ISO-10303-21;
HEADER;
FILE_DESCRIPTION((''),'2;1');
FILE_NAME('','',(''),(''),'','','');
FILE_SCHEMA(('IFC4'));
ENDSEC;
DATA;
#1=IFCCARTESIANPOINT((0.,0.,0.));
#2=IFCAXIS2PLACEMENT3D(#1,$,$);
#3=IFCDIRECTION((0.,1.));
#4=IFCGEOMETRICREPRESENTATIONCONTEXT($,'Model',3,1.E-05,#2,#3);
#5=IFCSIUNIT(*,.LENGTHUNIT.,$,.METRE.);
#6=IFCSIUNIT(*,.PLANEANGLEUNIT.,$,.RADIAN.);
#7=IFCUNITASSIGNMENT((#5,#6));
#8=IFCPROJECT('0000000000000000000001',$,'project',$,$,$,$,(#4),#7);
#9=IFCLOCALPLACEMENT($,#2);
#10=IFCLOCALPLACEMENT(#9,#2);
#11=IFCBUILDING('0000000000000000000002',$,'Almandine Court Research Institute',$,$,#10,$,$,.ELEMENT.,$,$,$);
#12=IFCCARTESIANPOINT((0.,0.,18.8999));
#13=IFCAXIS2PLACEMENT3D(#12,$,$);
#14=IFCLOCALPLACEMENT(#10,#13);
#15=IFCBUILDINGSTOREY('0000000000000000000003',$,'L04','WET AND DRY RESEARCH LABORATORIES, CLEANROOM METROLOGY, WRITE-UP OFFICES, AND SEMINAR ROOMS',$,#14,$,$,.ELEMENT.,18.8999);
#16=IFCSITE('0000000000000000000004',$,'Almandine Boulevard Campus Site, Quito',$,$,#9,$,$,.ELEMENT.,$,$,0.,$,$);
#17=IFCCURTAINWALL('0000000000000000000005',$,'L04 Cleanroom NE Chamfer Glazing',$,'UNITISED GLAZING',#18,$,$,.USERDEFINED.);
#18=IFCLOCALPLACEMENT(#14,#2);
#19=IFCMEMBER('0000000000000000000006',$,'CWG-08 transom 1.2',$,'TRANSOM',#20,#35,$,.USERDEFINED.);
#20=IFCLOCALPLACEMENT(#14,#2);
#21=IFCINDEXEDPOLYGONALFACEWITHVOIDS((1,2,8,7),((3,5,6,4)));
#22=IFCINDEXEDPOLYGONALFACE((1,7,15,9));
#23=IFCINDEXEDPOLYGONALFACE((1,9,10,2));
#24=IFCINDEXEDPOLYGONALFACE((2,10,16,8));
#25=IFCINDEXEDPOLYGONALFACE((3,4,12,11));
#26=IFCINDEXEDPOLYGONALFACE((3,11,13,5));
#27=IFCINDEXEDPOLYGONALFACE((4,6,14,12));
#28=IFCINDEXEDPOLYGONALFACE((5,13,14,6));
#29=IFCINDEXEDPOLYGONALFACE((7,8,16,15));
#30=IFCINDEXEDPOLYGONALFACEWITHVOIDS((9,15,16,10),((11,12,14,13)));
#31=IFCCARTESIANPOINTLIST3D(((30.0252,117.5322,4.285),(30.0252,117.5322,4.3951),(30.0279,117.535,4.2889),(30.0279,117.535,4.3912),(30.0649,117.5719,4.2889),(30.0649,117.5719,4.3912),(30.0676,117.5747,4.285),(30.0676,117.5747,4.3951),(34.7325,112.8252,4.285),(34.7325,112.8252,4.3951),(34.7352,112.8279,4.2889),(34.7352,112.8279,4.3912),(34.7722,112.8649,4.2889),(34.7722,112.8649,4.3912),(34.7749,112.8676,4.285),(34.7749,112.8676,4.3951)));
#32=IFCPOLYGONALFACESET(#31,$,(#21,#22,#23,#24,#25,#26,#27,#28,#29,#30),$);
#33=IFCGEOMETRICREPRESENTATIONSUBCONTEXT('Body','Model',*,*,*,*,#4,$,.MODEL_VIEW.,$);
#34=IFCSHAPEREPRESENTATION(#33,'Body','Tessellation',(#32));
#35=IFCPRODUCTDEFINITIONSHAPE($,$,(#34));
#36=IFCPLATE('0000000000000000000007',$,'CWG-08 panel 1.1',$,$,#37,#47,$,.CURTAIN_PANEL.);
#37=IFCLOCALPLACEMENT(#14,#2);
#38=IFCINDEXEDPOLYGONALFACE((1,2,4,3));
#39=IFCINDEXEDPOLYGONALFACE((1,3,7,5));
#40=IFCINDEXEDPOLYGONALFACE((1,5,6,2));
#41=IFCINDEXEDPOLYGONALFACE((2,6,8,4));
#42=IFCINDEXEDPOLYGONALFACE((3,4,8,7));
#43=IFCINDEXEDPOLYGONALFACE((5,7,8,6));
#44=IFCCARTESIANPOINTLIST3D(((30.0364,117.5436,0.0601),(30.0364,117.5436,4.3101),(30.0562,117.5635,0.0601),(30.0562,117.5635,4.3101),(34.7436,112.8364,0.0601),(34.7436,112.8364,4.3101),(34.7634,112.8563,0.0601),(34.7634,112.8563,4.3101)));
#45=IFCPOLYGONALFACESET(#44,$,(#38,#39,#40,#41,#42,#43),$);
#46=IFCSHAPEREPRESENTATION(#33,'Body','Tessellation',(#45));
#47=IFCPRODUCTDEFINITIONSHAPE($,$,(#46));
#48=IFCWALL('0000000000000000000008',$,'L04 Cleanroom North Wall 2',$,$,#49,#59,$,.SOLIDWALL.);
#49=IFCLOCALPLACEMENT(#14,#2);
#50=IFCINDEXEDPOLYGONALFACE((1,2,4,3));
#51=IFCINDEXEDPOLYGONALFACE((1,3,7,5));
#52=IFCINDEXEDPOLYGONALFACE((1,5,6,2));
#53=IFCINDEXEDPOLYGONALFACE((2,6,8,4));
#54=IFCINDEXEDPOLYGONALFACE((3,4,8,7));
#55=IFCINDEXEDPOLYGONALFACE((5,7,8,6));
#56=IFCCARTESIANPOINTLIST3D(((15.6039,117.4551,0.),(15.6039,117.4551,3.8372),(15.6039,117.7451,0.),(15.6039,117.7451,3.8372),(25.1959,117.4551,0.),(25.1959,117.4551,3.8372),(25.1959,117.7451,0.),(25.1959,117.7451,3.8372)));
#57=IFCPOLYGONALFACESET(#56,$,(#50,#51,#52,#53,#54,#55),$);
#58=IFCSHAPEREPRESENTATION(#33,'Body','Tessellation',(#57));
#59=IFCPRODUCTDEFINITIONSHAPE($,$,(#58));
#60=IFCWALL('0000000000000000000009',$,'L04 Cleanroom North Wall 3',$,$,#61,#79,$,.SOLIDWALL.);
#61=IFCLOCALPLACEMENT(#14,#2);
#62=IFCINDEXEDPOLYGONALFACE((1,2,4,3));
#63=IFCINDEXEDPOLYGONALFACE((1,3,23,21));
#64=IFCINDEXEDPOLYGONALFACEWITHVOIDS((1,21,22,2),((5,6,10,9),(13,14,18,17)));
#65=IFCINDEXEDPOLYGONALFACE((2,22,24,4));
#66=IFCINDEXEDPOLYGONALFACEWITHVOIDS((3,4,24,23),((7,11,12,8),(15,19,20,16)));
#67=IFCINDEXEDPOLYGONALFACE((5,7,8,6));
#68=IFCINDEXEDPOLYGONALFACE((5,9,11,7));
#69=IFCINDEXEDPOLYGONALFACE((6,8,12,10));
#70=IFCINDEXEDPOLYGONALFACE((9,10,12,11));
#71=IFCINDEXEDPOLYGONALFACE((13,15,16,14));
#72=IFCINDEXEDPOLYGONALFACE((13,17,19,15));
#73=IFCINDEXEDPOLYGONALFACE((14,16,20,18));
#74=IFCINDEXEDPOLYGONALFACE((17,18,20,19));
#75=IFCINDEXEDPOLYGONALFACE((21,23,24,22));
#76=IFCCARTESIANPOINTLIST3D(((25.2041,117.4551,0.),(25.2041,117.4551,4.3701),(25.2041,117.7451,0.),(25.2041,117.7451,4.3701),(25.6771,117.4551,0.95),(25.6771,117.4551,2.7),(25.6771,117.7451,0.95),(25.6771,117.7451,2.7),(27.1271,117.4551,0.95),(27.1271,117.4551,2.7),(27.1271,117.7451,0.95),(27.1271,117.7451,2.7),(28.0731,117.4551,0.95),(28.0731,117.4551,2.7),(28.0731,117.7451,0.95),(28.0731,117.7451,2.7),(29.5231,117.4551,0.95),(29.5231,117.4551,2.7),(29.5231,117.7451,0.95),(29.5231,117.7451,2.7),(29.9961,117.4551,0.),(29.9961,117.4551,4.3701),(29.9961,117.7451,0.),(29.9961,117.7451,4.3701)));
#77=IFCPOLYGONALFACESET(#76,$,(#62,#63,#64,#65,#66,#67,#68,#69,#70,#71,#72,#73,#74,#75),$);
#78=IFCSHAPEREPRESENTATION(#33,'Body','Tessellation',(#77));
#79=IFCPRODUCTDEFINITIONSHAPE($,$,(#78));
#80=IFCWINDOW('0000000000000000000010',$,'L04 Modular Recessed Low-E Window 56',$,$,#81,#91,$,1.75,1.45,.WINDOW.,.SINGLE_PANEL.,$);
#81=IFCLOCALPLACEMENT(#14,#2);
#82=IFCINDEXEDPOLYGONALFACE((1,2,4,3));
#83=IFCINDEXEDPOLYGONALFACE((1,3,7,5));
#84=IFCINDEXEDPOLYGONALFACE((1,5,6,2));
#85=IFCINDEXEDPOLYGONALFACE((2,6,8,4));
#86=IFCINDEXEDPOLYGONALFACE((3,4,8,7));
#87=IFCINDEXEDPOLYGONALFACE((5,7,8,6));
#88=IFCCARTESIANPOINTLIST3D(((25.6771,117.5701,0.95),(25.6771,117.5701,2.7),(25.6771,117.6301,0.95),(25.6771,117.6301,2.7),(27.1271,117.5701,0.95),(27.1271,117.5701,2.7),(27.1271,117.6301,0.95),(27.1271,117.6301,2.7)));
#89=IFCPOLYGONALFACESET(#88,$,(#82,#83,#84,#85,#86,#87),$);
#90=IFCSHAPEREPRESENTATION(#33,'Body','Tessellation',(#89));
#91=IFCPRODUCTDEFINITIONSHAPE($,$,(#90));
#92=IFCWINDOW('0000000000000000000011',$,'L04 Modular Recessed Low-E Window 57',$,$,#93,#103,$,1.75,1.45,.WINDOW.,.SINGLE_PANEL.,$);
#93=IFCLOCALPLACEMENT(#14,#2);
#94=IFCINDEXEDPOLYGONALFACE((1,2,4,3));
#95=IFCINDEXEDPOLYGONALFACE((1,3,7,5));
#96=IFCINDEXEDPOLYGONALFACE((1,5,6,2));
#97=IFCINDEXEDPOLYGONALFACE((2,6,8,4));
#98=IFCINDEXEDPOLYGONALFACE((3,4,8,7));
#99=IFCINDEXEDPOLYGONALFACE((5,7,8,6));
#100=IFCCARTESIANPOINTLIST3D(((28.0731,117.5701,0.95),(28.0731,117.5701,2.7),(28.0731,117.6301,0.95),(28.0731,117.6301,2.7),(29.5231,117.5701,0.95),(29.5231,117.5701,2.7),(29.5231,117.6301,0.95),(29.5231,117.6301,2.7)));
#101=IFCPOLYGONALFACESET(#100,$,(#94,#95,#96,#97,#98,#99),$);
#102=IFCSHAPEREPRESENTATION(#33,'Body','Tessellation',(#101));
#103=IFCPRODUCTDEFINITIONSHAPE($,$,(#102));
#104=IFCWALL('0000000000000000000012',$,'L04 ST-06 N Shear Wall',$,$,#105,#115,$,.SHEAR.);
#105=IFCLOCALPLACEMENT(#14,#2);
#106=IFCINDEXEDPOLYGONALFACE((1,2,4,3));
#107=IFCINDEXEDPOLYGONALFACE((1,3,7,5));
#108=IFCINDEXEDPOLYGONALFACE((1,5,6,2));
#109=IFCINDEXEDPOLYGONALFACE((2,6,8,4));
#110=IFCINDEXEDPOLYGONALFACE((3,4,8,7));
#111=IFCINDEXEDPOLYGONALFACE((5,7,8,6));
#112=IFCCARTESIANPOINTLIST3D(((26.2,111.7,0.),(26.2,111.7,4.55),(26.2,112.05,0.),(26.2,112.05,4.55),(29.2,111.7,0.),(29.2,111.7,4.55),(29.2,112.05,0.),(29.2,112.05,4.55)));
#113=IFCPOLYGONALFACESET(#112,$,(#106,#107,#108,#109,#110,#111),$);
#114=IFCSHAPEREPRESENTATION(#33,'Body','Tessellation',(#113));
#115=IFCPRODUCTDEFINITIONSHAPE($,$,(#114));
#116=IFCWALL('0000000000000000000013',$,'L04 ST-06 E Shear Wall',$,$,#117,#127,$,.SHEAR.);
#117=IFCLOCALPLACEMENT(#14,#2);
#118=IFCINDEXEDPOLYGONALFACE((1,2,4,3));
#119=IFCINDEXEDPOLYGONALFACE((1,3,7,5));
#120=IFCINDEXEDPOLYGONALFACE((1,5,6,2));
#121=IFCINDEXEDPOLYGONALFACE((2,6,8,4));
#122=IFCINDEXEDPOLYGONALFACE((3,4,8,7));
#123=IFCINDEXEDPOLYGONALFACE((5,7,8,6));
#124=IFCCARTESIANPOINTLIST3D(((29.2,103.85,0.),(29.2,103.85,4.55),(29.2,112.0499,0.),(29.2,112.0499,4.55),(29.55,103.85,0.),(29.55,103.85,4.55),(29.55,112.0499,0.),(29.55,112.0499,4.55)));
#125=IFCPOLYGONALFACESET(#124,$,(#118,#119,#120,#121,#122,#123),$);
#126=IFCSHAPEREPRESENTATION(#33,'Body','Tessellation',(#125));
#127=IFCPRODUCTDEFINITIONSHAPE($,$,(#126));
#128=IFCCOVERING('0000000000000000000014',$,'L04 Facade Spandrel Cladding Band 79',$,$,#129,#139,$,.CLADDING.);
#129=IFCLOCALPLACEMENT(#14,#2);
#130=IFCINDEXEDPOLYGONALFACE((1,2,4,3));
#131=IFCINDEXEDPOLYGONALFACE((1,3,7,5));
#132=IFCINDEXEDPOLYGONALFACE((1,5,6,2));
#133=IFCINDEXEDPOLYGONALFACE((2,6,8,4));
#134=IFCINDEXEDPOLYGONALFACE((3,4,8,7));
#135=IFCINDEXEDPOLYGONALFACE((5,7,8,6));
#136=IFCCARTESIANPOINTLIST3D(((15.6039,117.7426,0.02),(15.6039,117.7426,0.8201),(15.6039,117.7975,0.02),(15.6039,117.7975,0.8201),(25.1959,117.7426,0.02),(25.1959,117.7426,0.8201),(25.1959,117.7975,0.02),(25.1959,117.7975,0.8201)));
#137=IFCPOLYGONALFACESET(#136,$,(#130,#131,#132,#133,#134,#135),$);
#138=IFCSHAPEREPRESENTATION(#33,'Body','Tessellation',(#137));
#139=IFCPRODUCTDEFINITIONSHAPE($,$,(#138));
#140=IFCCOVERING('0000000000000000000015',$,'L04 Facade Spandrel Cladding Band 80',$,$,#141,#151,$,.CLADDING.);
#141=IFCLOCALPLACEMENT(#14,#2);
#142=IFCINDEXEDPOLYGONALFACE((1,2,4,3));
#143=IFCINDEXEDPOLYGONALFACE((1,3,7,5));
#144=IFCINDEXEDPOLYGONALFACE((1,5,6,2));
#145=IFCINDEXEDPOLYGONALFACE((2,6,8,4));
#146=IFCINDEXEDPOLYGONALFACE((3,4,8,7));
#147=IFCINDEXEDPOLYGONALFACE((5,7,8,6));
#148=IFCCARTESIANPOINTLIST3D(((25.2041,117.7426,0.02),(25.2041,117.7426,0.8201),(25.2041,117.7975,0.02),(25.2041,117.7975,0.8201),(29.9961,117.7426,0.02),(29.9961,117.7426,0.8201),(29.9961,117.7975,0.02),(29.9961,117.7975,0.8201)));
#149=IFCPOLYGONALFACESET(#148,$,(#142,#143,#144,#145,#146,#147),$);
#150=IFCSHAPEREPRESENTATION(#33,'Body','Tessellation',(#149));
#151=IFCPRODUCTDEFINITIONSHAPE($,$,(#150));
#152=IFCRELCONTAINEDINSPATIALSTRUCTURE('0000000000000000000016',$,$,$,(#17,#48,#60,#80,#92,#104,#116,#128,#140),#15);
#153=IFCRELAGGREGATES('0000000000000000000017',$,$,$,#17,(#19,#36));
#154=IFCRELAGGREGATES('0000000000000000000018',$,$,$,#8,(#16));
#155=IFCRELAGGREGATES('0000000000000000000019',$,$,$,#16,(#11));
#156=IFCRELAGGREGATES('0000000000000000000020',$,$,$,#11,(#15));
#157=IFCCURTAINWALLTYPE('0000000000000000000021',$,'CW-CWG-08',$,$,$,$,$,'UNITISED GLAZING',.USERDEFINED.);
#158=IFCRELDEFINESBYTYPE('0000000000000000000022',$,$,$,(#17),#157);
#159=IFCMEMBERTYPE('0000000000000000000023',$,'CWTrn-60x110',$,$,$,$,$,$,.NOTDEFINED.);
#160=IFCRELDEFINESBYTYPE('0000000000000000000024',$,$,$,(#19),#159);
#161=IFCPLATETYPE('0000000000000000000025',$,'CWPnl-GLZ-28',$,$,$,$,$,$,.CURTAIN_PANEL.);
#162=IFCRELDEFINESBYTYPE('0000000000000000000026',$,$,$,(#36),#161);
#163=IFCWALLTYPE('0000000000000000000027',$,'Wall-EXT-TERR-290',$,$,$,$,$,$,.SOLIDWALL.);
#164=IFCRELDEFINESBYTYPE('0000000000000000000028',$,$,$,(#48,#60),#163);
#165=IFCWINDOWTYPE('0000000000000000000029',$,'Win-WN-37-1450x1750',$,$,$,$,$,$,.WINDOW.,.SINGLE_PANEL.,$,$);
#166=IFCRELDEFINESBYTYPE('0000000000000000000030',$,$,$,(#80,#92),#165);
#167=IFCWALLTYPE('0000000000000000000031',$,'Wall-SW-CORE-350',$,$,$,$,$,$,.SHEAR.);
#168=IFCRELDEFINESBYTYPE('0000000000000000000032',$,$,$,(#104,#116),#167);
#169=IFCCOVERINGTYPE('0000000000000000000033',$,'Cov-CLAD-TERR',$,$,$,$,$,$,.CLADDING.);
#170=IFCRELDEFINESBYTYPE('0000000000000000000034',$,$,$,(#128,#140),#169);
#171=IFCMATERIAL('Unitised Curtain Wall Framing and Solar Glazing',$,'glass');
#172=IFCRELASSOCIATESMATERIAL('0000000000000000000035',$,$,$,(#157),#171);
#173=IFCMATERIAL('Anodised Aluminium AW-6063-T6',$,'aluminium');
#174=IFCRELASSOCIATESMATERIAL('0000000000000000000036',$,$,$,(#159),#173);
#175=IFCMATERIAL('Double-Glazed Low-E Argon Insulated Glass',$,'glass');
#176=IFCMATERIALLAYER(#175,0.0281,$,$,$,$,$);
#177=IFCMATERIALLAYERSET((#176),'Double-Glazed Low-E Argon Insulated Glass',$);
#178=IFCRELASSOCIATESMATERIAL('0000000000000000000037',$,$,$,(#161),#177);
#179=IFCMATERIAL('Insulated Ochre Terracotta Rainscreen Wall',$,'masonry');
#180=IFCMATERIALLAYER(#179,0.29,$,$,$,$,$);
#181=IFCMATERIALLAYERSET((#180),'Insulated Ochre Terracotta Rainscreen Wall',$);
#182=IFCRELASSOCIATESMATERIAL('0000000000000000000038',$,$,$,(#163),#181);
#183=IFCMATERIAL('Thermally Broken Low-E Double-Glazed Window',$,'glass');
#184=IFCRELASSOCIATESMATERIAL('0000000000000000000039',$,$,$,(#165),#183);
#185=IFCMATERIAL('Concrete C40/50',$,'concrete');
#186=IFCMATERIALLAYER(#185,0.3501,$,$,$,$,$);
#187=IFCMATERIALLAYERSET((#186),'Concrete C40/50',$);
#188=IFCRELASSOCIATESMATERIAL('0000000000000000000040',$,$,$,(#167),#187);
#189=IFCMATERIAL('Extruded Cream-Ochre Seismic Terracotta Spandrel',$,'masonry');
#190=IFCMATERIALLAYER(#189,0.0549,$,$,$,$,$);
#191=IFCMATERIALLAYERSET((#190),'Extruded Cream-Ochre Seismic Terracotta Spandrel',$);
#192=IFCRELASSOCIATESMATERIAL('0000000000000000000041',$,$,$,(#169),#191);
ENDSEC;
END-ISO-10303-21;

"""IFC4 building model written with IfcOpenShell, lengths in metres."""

from ifc_helpers import new_model, si_unit, direction, frame, frame_2d, origin, origin_2d, place, context, subcontext, project, spatial, rectangle, hollow_rectangle, extrude, material, layer, layer_set, material_profile, profile_set, type_object, element, fill, aggregate, save


model = new_model("IFC4")

# Units and contexts
model_context = context("Model", 3, precision=1e-05, world=origin(), true_north=direction((0.0, 1.0)))
body_context = subcontext(model_context, "Body", "Model", "MODEL_VIEW")
ifc_project = project(units=[si_unit("LENGTHUNIT", "METRE"), si_unit("PLANEANGLEUNIT", "RADIAN")], contexts=[model_context])

# Site, building, storey
site_placement = place(None, origin())
site = spatial("IfcSite", under=ifc_project, at=site_placement, Name="Almandine Boulevard Campus Site, Quito", CompositionType="ELEMENT", RefElevation=0.0)
building_placement = place(site_placement, origin())
building = spatial("IfcBuilding", under=site, at=building_placement, Name="Almandine Court Research Institute", CompositionType="ELEMENT")
storey_placement = place(building_placement, frame((0.0, 0.0, 18.8999)))
storey = spatial("IfcBuildingStorey", under=building, at=storey_placement, Name="L04", Description="WET AND DRY RESEARCH LABORATORIES, CLEANROOM METROLOGY, WRITE-UP OFFICES, AND SEMINAR ROOMS", CompositionType="ELEMENT", Elevation=18.8999)

# Curtain wall, member, plate
ifc_material_1 = material(Name="Unitised Curtain Wall Framing and Solar Glazing", Category="glass")
curtain_wall_type = type_object("IfcCurtainWallType", Name="CW-CWG-08", ElementType="UNITISED GLAZING", PredefinedType="USERDEFINED", material=ifc_material_1)
curtain_wall_placement = place(storey_placement, origin())
curtain_wall = element("IfcCurtainWall", 1, at=curtain_wall_placement, inside=storey, type_object=curtain_wall_type, Name="L04 Cleanroom NE Chamfer Glazing", ObjectType="UNITISED GLAZING", PredefinedType="USERDEFINED")
ifc_material_2 = material(Name="Anodised Aluminium AW-6063-T6", Category="aluminium")
ifc_material_profile_1 = material_profile(ifc_material_2, hollow_rectangle(XDim=0.0601, YDim=0.1101, WallThickness=0.0039, at=origin_2d()), Name="ALU RHS 60x110x4")
ifc_profile_set_1 = profile_set([ifc_material_profile_1], Name="Anodised Aluminium AW-6063-T6")
member_type_1 = type_object("IfcMemberType", Name="CWTrn-60x110", PredefinedType="NOTDEFINED", material=ifc_profile_set_1)
member_1_placement = place(storey_placement, frame((30.0464, 117.5535, 4.3401), z_axis=(0.707125, -0.707088, 0.0), x_axis=(0.707088, 0.707125, 0.0)))
member_1 = element("IfcMember", 2, at=member_1_placement, type_object=member_type_1, Name="CWG-08 transom 1.2", ObjectType="TRANSOM", PredefinedType="USERDEFINED", context=body_context, shape_type="SweptSolid", body=[
    extrude(hollow_rectangle(XDim=0.0601, YDim=0.1101, WallThickness=0.0039, at=origin_2d()), origin(), (0.0, 0.0, 1.0), 6.657),
])
ifc_material_3 = material(Name="Double-Glazed Low-E Argon Insulated Glass", Category="glass")
ifc_layer_1 = layer(ifc_material_3, 0.0281)
ifc_layer_set_1 = layer_set([ifc_layer_1], Name="Double-Glazed Low-E Argon Insulated Glass")
plate_type = type_object("IfcPlateType", Name="CWPnl-GLZ-28", PredefinedType="CURTAIN_PANEL", material=ifc_layer_set_1)
plate_placement = place(storey_placement, frame((32.3999, 115.2, 0.0601), z_axis=(0.0, 0.0, 1.0), x_axis=(0.707107, -0.707107, 0.0)))
plate = element("IfcPlate", 3, at=plate_placement, type_object=plate_type, Name="CWG-08 panel 1.1", PredefinedType="CURTAIN_PANEL", context=body_context, shape_type="SweptSolid", body=[
    extrude(rectangle(XDim=6.657, YDim=0.0281, at=origin_2d()), origin(), (0.0, 0.0, 1.0), 4.25),
])
aggregate(curtain_wall, [member_1, plate])

# Wall
ifc_material_4 = material(Name="Insulated Ochre Terracotta Rainscreen Wall", Category="masonry")
ifc_layer_2 = layer(ifc_material_4, 0.29)
ifc_layer_set_2 = layer_set([ifc_layer_2], Name="Insulated Ochre Terracotta Rainscreen Wall")
wall_type_1 = type_object("IfcWallType", Name="Wall-EXT-TERR-290", PredefinedType="SOLIDWALL", material=ifc_layer_set_2)
wall_1_placement = place(storey_placement, frame((15.604, 117.6001, 0.0), z_axis=(0.0, 0.0, 1.0), x_axis=(1.0, 0.0, 0.0)))
element("IfcWall", 4, at=wall_1_placement, inside=storey, type_object=wall_type_1, Name="L04 Cleanroom North Wall 2", PredefinedType="SOLIDWALL", context=body_context, shape_type="SweptSolid", body=[
    extrude(rectangle(XDim=9.592, YDim=0.29, at=frame_2d((4.7959, 0.0))), origin(), (0.0, 0.0, 1.0), 3.8372),
])

# Wall, openings, windows
wall_2_placement = place(storey_placement, frame((25.2041, 117.6001, 0.0), z_axis=(0.0, 0.0, 1.0), x_axis=(1.0, 0.0, 0.0)))
wall_2 = element("IfcWall", 5, at=wall_2_placement, inside=storey, type_object=wall_type_1, Name="L04 Cleanroom North Wall 3", PredefinedType="SOLIDWALL", context=body_context, shape_type="SweptSolid", body=[
    extrude(rectangle(XDim=4.792, YDim=0.29, at=frame_2d((2.396, 0.0))), origin(), (0.0, 0.0, 1.0), 4.3701),
])
opening_1_placement = place(wall_2_placement, frame((0.4729, 0.0, 0.95)))
opening_1 = element("IfcOpeningElement", 6, at=opening_1_placement, cuts=wall_2, PredefinedType="OPENING", context=body_context, shape_type="SweptSolid", body=[
    extrude(rectangle(XDim=1.45, YDim=1.75, at=frame_2d((0.7251, 0.875))), frame((0.0, 0.155, 0.0), z_axis=(0.0, -1.0, 0.0), x_axis=(1.0, 0.0, 0.0)), (0.0, 0.0, 1.0), 0.3101),
])
opening_2_placement = place(wall_2_placement, frame((2.8689, 0.0, 0.95)))
opening_2 = element("IfcOpeningElement", 7, at=opening_2_placement, cuts=wall_2, PredefinedType="OPENING", context=body_context, shape_type="SweptSolid", body=[
    extrude(rectangle(XDim=1.45, YDim=1.75, at=frame_2d((0.7251, 0.875))), frame((0.0, 0.155, 0.0), z_axis=(0.0, -1.0, 0.0), x_axis=(1.0, 0.0, 0.0)), (0.0, 0.0, 1.0), 0.3101),
])
ifc_material_5 = material(Name="Thermally Broken Low-E Double-Glazed Window", Category="glass")
window_type = type_object("IfcWindowType", Name="Win-WN-37-1450x1750", PartitioningType="SINGLE_PANEL", PredefinedType="WINDOW", material=ifc_material_5)
window_1_placement = place(opening_1_placement, origin())
window_1 = element("IfcWindow", 8, at=window_1_placement, inside=storey, type_object=window_type, Name="L04 Modular Recessed Low-E Window 56", OverallHeight=1.75, OverallWidth=1.45, PartitioningType="SINGLE_PANEL", PredefinedType="WINDOW", context=body_context, shape_type="SweptSolid", body=[
    extrude(rectangle(XDim=1.45, YDim=1.75, at=frame_2d((0.7251, 0.875))), frame((0.0, 0.03, 0.0), z_axis=(0.0, -1.0, 0.0), x_axis=(1.0, 0.0, 0.0)), (0.0, 0.0, 1.0), 0.0601),
])
fill(opening_1, window_1)
window_2_placement = place(opening_2_placement, origin())
window_2 = element("IfcWindow", 9, at=window_2_placement, inside=storey, type_object=window_type, Name="L04 Modular Recessed Low-E Window 57", OverallHeight=1.75, OverallWidth=1.45, PartitioningType="SINGLE_PANEL", PredefinedType="WINDOW", context=body_context, shape_type="SweptSolid", body=[
    extrude(rectangle(XDim=1.45, YDim=1.75, at=frame_2d((0.7251, 0.875))), frame((0.0, 0.03, 0.0), z_axis=(0.0, -1.0, 0.0), x_axis=(1.0, 0.0, 0.0)), (0.0, 0.0, 1.0), 0.0601),
])
fill(opening_2, window_2)

# Walls
ifc_material_6 = material(Name="Concrete C40/50", Category="concrete")
ifc_layer_3 = layer(ifc_material_6, 0.3501)
ifc_layer_set_3 = layer_set([ifc_layer_3], Name="Concrete C40/50")
wall_type_2 = type_object("IfcWallType", Name="Wall-SW-CORE-350", PredefinedType="SHEAR", material=ifc_layer_set_3)
wall_3_placement = place(storey_placement, frame((26.2, 111.875, 0.0), z_axis=(0.0, 0.0, 1.0), x_axis=(1.0, 0.0, 0.0)))
element("IfcWall", 10, at=wall_3_placement, inside=storey, type_object=wall_type_2, Name="L04 ST-06 N Shear Wall", PredefinedType="SHEAR", context=body_context, shape_type="SweptSolid", body=[
    extrude(rectangle(XDim=3.0, YDim=0.3501, at=frame_2d((1.5, 0.0))), origin(), (0.0, 0.0, 1.0), 4.55),
])
wall_4_placement = place(storey_placement, frame((29.375, 112.05, 0.0), z_axis=(0.0, 0.0, 1.0), x_axis=(0.0, -1.0, 0.0)))
element("IfcWall", 11, at=wall_4_placement, inside=storey, type_object=wall_type_2, Name="L04 ST-06 E Shear Wall", PredefinedType="SHEAR", context=body_context, shape_type="SweptSolid", body=[
    extrude(rectangle(XDim=8.2, YDim=0.3501, at=frame_2d((4.1001, 0.0))), origin(), (0.0, 0.0, 1.0), 4.55),
])

# Coverings
ifc_material_7 = material(Name="Extruded Cream-Ochre Seismic Terracotta Spandrel", Category="masonry")
ifc_layer_4 = layer(ifc_material_7, 0.0549)
ifc_layer_set_4 = layer_set([ifc_layer_4], Name="Extruded Cream-Ochre Seismic Terracotta Spandrel")
covering_type = type_object("IfcCoveringType", Name="Cov-CLAD-TERR", PredefinedType="CLADDING", material=ifc_layer_set_4)
covering_1_placement = place(storey_placement, frame((20.3999, 117.77, 0.02), z_axis=(0.0, 0.0, 1.0), x_axis=(1.0, 0.0, 0.0)))
element("IfcCovering", 12, at=covering_1_placement, inside=storey, type_object=covering_type, Name="L04 Facade Spandrel Cladding Band 79", PredefinedType="CLADDING", context=body_context, shape_type="SweptSolid", body=[
    extrude(rectangle(XDim=9.592, YDim=0.0549, at=origin_2d()), origin(), (0.0, 0.0, 1.0), 0.8),
])
covering_2_placement = place(storey_placement, frame((27.6001, 117.77, 0.02), z_axis=(0.0, 0.0, 1.0), x_axis=(1.0, 0.0, 0.0)))
element("IfcCovering", 13, at=covering_2_placement, inside=storey, type_object=covering_type, Name="L04 Facade Spandrel Cladding Band 80", PredefinedType="CLADDING", context=body_context, shape_type="SweptSolid", body=[
    extrude(rectangle(XDim=4.792, YDim=0.0549, at=origin_2d()), origin(), (0.0, 0.0, 1.0), 0.8),
])

save(model, "model.ifc")
